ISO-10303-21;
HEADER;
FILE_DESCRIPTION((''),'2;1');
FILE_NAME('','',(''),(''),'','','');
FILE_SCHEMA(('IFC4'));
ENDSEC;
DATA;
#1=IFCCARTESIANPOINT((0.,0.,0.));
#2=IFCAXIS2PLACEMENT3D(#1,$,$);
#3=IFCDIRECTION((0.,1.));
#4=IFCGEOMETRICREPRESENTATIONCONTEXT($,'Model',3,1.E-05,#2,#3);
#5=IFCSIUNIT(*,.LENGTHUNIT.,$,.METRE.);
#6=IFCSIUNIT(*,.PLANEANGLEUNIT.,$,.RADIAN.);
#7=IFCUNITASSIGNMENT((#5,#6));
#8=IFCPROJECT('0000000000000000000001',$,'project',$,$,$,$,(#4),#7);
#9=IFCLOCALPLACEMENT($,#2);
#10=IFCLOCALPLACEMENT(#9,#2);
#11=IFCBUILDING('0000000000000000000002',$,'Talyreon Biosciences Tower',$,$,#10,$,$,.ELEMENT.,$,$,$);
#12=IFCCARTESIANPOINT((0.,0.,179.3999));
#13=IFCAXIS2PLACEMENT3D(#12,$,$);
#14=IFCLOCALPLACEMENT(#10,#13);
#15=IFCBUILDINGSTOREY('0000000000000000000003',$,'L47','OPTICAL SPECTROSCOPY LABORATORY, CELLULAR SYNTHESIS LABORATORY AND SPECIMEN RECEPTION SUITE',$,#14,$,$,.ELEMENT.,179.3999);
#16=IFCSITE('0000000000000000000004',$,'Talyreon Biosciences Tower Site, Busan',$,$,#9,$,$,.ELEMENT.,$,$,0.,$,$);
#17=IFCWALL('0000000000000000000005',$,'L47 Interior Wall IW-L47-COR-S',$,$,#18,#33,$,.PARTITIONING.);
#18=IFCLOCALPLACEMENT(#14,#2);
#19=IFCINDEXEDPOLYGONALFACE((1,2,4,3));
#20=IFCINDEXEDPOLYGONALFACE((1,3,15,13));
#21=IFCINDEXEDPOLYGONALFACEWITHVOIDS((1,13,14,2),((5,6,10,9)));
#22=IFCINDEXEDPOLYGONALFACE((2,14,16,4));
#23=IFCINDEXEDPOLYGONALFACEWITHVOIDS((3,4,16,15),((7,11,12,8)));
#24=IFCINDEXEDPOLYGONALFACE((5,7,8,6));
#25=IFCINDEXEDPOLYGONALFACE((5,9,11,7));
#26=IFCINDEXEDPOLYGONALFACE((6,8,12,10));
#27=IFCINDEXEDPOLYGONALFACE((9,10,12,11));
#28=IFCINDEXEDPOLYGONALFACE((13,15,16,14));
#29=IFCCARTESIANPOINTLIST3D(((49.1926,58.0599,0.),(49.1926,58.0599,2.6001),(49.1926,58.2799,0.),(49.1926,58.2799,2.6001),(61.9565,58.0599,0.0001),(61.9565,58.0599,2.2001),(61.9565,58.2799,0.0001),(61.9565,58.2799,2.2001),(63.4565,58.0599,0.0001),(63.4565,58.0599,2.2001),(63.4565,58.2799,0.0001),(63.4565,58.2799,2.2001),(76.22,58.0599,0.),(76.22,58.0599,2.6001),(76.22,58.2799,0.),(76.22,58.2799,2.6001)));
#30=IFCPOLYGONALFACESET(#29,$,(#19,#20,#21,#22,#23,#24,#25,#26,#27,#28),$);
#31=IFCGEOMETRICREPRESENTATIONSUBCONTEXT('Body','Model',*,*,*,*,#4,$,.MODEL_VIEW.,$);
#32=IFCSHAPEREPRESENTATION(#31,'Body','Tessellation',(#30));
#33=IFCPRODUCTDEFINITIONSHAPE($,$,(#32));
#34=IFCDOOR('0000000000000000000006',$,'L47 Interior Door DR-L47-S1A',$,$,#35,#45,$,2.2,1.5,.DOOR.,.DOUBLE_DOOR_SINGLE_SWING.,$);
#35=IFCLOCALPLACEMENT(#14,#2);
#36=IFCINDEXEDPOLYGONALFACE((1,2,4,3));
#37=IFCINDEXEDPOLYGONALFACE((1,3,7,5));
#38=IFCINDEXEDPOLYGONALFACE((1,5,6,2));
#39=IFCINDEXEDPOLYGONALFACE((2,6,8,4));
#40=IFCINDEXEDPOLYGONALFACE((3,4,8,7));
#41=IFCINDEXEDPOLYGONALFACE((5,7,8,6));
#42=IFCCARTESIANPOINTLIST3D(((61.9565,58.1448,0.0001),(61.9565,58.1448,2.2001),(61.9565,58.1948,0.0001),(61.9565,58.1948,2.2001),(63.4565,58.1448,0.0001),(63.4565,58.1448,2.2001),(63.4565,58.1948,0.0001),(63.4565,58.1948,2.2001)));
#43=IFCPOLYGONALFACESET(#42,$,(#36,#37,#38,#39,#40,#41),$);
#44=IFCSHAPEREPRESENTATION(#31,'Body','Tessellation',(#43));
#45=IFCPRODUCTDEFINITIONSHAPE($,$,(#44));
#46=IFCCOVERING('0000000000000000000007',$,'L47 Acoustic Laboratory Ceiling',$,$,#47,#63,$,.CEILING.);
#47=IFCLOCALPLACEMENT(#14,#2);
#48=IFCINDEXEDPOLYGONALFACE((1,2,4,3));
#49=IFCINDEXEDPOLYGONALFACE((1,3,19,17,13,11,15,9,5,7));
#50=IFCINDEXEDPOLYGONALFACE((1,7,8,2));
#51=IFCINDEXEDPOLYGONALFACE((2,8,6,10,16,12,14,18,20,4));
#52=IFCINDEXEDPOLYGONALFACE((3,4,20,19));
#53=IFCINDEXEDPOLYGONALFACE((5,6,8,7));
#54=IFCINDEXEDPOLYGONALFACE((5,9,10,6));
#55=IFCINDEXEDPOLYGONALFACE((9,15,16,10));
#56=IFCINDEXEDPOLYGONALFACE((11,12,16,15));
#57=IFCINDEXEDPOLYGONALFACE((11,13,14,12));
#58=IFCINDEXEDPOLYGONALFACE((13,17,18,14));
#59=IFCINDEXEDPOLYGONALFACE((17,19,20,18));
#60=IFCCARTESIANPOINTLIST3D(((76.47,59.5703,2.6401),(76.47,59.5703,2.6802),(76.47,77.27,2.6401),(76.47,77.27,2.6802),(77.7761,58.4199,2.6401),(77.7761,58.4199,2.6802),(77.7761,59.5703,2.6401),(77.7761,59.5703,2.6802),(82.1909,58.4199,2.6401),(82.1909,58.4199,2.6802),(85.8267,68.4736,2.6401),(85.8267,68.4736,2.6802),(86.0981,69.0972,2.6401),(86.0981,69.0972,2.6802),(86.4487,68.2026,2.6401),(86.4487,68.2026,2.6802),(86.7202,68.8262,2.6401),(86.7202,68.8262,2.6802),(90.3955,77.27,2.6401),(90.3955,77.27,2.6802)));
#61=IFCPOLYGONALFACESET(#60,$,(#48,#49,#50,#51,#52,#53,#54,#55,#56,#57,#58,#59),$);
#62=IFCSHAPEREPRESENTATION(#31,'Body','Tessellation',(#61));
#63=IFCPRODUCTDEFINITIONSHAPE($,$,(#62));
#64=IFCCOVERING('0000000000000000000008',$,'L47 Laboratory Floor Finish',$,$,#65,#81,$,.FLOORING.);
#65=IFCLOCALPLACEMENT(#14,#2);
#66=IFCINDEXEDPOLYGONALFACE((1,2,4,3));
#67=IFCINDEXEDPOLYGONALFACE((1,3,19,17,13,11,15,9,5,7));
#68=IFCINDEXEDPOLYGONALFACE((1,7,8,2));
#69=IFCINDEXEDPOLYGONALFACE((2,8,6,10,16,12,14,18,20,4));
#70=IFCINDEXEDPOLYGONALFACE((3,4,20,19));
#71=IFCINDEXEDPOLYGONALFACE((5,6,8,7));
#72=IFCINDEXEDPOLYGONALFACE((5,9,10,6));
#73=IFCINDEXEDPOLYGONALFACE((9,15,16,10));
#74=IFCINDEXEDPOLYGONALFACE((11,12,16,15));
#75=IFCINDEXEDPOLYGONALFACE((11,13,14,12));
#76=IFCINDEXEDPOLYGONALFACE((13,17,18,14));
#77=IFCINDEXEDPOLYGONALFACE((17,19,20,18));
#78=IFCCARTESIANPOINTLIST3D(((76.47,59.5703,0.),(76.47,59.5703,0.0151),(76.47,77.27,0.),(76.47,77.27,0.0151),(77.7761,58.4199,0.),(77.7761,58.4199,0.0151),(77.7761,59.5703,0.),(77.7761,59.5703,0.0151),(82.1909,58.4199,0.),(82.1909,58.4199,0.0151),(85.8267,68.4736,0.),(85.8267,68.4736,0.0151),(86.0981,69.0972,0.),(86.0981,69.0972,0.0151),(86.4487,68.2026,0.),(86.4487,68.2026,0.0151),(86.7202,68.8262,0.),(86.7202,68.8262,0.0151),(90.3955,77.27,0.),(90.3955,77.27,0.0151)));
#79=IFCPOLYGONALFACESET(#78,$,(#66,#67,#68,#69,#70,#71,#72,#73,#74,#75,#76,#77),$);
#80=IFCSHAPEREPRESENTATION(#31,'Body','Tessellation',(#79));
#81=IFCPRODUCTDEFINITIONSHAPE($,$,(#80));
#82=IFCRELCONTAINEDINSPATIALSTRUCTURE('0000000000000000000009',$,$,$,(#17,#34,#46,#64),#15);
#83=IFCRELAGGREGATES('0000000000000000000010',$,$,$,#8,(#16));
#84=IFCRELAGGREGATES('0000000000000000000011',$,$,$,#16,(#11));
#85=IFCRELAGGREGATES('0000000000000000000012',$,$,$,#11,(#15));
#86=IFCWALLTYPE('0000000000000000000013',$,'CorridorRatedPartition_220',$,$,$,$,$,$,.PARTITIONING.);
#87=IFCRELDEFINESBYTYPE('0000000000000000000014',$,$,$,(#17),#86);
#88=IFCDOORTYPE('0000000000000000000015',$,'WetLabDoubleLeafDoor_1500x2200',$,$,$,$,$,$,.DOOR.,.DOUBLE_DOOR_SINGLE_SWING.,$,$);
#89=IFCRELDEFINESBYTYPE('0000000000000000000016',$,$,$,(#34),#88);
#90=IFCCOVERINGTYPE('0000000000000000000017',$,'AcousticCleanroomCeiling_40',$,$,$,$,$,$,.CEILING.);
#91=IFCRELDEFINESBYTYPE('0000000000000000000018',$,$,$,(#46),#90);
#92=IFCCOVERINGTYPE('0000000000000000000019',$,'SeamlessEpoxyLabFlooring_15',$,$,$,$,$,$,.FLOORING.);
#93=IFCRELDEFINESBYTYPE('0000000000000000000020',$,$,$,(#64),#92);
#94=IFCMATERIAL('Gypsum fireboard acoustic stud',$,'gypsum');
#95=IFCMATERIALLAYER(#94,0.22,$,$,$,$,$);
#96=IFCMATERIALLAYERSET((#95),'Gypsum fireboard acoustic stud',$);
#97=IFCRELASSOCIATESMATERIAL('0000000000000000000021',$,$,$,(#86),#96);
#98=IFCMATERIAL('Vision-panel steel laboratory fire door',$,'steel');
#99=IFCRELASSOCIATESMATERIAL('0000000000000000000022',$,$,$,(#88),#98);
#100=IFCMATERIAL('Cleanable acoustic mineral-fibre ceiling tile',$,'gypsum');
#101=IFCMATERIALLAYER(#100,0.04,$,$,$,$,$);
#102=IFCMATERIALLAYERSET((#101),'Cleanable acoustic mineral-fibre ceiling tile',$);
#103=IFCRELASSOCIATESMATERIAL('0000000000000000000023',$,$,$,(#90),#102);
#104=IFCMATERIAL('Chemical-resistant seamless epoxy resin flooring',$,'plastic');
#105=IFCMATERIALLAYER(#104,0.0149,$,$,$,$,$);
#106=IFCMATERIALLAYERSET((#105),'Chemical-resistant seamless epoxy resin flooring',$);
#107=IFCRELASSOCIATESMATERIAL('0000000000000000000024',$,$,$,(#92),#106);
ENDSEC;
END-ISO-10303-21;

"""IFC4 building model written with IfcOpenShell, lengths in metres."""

from ifc_helpers import new_model, si_unit, direction, frame, frame_2d, origin, place, context, subcontext, project, spatial, polyline, rectangle, outline, extrude, material, layer, layer_set, type_object, element, fill, save


model = new_model("IFC4")

# Units and contexts
model_context = context("Model", 3, precision=1e-05, world=origin(), true_north=direction((0.0, 1.0)))
body_context = subcontext(model_context, "Body", "Model", "MODEL_VIEW")
ifc_project = project(units=[si_unit("LENGTHUNIT", "METRE"), si_unit("PLANEANGLEUNIT", "RADIAN")], contexts=[model_context])

# Site, building, storey
site_placement = place(None, origin())
site = spatial("IfcSite", under=ifc_project, at=site_placement, Name="Talyreon Biosciences Tower Site, Busan", CompositionType="ELEMENT", RefElevation=0.0)
building_placement = place(site_placement, origin())
building = spatial("IfcBuilding", under=site, at=building_placement, Name="Talyreon Biosciences Tower", CompositionType="ELEMENT")
storey_placement = place(building_placement, frame((0.0, 0.0, 179.3999)))
storey = spatial("IfcBuildingStorey", under=building, at=storey_placement, Name="L47", Description="OPTICAL SPECTROSCOPY LABORATORY, CELLULAR SYNTHESIS LABORATORY AND SPECIMEN RECEPTION SUITE", CompositionType="ELEMENT", Elevation=179.3999)

# Wall, opening, door
ifc_material_1 = material(Name="Gypsum fireboard acoustic stud", Category="gypsum")
ifc_layer_1 = layer(ifc_material_1, 0.22)
ifc_layer_set_1 = layer_set([ifc_layer_1], Name="Gypsum fireboard acoustic stud")
wall_type = type_object("IfcWallType", Name="CorridorRatedPartition_220", PredefinedType="PARTITIONING", material=ifc_layer_set_1)
wall_placement = place(storey_placement, frame((49.1926, 58.1699, 0.0), z_axis=(0.0, 0.0, 1.0), x_axis=(1.0, 0.0, 0.0)))
wall = element("IfcWall", 1, at=wall_placement, inside=storey, type_object=wall_type, Name="L47 Interior Wall IW-L47-COR-S", PredefinedType="PARTITIONING", context=body_context, shape_type="SweptSolid", body=[
    extrude(rectangle(XDim=27.0273, YDim=0.22, at=frame_2d((13.5137, 0.0))), origin(), (0.0, 0.0, 1.0), 2.6001),
])
opening_placement = place(wall_placement, frame((12.7639, 0.0, 0.0)))
opening = element("IfcOpeningElement", 2, at=opening_placement, cuts=wall, PredefinedType="OPENING", context=body_context, shape_type="SweptSolid", body=[
    extrude(rectangle(XDim=1.5, YDim=2.2, at=frame_2d((0.75, 1.1001))), frame((0.0, 0.1199, 0.0), z_axis=(0.0, -1.0, 0.0), x_axis=(1.0, 0.0, 0.0)), (0.0, 0.0, 1.0), 0.24),
])
ifc_material_2 = material(Name="Vision-panel steel laboratory fire door", Category="steel")
door_type = type_object("IfcDoorType", Name="WetLabDoubleLeafDoor_1500x2200", OperationType="DOUBLE_DOOR_SINGLE_SWING", PredefinedType="DOOR", material=ifc_material_2)
door_placement = place(opening_placement, origin())
door = element("IfcDoor", 3, at=door_placement, inside=storey, type_object=door_type, Name="L47 Interior Door DR-L47-S1A", OperationType="DOUBLE_DOOR_SINGLE_SWING", OverallHeight=2.2, OverallWidth=1.5, PredefinedType="DOOR", context=body_context, shape_type="SweptSolid", body=[
    extrude(rectangle(XDim=1.5, YDim=2.2, at=frame_2d((0.75, 1.1001))), frame((0.0, 0.0249, 0.0), z_axis=(0.0, -1.0, 0.0), x_axis=(1.0, 0.0, 0.0)), (0.0, 0.0, 1.0), 0.05),
])
fill(opening, door)

# Coverings
ifc_material_3 = material(Name="Cleanable acoustic mineral-fibre ceiling tile", Category="gypsum")
ifc_layer_2 = layer(ifc_material_3, 0.04)
ifc_layer_set_2 = layer_set([ifc_layer_2], Name="Cleanable acoustic mineral-fibre ceiling tile")
covering_type_1 = type_object("IfcCoveringType", Name="AcousticCleanroomCeiling_40", PredefinedType="CEILING", material=ifc_layer_set_2)
covering_1_placement = place(storey_placement, frame((0.0, 0.0, 2.6401)))
element("IfcCovering", 4, at=covering_1_placement, inside=storey, type_object=covering_type_1, Name="L47 Acoustic Laboratory Ceiling", PredefinedType="CEILING", context=body_context, shape_type="SweptSolid", body=[
    extrude(outline(polyline([(77.7761, 58.4199), (77.7761, 59.5703), (76.47, 59.5703), (76.47, 77.27), (90.3955, 77.27), (86.7202, 68.8262), (86.0981, 69.0972), (85.8267, 68.4736), (86.4487, 68.2026), (82.1909, 58.4199), (77.7761, 58.4199)])), origin(), (0.0, 0.0, 1.0), 0.04),
])
ifc_material_4 = material(Name="Chemical-resistant seamless epoxy resin flooring", Category="plastic")
ifc_layer_3 = layer(ifc_material_4, 0.0149)
ifc_layer_set_3 = layer_set([ifc_layer_3], Name="Chemical-resistant seamless epoxy resin flooring")
covering_type_2 = type_object("IfcCoveringType", Name="SeamlessEpoxyLabFlooring_15", PredefinedType="FLOORING", material=ifc_layer_set_3)
covering_2_placement = place(storey_placement, origin())
element("IfcCovering", 5, at=covering_2_placement, inside=storey, type_object=covering_type_2, Name="L47 Laboratory Floor Finish", PredefinedType="FLOORING", context=body_context, shape_type="SweptSolid", body=[
    extrude(outline(polyline([(77.7761, 58.4199), (77.7761, 59.5703), (76.47, 59.5703), (76.47, 77.27), (90.3955, 77.27), (86.7202, 68.8262), (86.0981, 69.0972), (85.8267, 68.4736), (86.4487, 68.2026), (82.1909, 58.4199), (77.7761, 58.4199)])), origin(), (0.0, 0.0, 1.0), 0.0151),
])

save(model, "model.ifc")
